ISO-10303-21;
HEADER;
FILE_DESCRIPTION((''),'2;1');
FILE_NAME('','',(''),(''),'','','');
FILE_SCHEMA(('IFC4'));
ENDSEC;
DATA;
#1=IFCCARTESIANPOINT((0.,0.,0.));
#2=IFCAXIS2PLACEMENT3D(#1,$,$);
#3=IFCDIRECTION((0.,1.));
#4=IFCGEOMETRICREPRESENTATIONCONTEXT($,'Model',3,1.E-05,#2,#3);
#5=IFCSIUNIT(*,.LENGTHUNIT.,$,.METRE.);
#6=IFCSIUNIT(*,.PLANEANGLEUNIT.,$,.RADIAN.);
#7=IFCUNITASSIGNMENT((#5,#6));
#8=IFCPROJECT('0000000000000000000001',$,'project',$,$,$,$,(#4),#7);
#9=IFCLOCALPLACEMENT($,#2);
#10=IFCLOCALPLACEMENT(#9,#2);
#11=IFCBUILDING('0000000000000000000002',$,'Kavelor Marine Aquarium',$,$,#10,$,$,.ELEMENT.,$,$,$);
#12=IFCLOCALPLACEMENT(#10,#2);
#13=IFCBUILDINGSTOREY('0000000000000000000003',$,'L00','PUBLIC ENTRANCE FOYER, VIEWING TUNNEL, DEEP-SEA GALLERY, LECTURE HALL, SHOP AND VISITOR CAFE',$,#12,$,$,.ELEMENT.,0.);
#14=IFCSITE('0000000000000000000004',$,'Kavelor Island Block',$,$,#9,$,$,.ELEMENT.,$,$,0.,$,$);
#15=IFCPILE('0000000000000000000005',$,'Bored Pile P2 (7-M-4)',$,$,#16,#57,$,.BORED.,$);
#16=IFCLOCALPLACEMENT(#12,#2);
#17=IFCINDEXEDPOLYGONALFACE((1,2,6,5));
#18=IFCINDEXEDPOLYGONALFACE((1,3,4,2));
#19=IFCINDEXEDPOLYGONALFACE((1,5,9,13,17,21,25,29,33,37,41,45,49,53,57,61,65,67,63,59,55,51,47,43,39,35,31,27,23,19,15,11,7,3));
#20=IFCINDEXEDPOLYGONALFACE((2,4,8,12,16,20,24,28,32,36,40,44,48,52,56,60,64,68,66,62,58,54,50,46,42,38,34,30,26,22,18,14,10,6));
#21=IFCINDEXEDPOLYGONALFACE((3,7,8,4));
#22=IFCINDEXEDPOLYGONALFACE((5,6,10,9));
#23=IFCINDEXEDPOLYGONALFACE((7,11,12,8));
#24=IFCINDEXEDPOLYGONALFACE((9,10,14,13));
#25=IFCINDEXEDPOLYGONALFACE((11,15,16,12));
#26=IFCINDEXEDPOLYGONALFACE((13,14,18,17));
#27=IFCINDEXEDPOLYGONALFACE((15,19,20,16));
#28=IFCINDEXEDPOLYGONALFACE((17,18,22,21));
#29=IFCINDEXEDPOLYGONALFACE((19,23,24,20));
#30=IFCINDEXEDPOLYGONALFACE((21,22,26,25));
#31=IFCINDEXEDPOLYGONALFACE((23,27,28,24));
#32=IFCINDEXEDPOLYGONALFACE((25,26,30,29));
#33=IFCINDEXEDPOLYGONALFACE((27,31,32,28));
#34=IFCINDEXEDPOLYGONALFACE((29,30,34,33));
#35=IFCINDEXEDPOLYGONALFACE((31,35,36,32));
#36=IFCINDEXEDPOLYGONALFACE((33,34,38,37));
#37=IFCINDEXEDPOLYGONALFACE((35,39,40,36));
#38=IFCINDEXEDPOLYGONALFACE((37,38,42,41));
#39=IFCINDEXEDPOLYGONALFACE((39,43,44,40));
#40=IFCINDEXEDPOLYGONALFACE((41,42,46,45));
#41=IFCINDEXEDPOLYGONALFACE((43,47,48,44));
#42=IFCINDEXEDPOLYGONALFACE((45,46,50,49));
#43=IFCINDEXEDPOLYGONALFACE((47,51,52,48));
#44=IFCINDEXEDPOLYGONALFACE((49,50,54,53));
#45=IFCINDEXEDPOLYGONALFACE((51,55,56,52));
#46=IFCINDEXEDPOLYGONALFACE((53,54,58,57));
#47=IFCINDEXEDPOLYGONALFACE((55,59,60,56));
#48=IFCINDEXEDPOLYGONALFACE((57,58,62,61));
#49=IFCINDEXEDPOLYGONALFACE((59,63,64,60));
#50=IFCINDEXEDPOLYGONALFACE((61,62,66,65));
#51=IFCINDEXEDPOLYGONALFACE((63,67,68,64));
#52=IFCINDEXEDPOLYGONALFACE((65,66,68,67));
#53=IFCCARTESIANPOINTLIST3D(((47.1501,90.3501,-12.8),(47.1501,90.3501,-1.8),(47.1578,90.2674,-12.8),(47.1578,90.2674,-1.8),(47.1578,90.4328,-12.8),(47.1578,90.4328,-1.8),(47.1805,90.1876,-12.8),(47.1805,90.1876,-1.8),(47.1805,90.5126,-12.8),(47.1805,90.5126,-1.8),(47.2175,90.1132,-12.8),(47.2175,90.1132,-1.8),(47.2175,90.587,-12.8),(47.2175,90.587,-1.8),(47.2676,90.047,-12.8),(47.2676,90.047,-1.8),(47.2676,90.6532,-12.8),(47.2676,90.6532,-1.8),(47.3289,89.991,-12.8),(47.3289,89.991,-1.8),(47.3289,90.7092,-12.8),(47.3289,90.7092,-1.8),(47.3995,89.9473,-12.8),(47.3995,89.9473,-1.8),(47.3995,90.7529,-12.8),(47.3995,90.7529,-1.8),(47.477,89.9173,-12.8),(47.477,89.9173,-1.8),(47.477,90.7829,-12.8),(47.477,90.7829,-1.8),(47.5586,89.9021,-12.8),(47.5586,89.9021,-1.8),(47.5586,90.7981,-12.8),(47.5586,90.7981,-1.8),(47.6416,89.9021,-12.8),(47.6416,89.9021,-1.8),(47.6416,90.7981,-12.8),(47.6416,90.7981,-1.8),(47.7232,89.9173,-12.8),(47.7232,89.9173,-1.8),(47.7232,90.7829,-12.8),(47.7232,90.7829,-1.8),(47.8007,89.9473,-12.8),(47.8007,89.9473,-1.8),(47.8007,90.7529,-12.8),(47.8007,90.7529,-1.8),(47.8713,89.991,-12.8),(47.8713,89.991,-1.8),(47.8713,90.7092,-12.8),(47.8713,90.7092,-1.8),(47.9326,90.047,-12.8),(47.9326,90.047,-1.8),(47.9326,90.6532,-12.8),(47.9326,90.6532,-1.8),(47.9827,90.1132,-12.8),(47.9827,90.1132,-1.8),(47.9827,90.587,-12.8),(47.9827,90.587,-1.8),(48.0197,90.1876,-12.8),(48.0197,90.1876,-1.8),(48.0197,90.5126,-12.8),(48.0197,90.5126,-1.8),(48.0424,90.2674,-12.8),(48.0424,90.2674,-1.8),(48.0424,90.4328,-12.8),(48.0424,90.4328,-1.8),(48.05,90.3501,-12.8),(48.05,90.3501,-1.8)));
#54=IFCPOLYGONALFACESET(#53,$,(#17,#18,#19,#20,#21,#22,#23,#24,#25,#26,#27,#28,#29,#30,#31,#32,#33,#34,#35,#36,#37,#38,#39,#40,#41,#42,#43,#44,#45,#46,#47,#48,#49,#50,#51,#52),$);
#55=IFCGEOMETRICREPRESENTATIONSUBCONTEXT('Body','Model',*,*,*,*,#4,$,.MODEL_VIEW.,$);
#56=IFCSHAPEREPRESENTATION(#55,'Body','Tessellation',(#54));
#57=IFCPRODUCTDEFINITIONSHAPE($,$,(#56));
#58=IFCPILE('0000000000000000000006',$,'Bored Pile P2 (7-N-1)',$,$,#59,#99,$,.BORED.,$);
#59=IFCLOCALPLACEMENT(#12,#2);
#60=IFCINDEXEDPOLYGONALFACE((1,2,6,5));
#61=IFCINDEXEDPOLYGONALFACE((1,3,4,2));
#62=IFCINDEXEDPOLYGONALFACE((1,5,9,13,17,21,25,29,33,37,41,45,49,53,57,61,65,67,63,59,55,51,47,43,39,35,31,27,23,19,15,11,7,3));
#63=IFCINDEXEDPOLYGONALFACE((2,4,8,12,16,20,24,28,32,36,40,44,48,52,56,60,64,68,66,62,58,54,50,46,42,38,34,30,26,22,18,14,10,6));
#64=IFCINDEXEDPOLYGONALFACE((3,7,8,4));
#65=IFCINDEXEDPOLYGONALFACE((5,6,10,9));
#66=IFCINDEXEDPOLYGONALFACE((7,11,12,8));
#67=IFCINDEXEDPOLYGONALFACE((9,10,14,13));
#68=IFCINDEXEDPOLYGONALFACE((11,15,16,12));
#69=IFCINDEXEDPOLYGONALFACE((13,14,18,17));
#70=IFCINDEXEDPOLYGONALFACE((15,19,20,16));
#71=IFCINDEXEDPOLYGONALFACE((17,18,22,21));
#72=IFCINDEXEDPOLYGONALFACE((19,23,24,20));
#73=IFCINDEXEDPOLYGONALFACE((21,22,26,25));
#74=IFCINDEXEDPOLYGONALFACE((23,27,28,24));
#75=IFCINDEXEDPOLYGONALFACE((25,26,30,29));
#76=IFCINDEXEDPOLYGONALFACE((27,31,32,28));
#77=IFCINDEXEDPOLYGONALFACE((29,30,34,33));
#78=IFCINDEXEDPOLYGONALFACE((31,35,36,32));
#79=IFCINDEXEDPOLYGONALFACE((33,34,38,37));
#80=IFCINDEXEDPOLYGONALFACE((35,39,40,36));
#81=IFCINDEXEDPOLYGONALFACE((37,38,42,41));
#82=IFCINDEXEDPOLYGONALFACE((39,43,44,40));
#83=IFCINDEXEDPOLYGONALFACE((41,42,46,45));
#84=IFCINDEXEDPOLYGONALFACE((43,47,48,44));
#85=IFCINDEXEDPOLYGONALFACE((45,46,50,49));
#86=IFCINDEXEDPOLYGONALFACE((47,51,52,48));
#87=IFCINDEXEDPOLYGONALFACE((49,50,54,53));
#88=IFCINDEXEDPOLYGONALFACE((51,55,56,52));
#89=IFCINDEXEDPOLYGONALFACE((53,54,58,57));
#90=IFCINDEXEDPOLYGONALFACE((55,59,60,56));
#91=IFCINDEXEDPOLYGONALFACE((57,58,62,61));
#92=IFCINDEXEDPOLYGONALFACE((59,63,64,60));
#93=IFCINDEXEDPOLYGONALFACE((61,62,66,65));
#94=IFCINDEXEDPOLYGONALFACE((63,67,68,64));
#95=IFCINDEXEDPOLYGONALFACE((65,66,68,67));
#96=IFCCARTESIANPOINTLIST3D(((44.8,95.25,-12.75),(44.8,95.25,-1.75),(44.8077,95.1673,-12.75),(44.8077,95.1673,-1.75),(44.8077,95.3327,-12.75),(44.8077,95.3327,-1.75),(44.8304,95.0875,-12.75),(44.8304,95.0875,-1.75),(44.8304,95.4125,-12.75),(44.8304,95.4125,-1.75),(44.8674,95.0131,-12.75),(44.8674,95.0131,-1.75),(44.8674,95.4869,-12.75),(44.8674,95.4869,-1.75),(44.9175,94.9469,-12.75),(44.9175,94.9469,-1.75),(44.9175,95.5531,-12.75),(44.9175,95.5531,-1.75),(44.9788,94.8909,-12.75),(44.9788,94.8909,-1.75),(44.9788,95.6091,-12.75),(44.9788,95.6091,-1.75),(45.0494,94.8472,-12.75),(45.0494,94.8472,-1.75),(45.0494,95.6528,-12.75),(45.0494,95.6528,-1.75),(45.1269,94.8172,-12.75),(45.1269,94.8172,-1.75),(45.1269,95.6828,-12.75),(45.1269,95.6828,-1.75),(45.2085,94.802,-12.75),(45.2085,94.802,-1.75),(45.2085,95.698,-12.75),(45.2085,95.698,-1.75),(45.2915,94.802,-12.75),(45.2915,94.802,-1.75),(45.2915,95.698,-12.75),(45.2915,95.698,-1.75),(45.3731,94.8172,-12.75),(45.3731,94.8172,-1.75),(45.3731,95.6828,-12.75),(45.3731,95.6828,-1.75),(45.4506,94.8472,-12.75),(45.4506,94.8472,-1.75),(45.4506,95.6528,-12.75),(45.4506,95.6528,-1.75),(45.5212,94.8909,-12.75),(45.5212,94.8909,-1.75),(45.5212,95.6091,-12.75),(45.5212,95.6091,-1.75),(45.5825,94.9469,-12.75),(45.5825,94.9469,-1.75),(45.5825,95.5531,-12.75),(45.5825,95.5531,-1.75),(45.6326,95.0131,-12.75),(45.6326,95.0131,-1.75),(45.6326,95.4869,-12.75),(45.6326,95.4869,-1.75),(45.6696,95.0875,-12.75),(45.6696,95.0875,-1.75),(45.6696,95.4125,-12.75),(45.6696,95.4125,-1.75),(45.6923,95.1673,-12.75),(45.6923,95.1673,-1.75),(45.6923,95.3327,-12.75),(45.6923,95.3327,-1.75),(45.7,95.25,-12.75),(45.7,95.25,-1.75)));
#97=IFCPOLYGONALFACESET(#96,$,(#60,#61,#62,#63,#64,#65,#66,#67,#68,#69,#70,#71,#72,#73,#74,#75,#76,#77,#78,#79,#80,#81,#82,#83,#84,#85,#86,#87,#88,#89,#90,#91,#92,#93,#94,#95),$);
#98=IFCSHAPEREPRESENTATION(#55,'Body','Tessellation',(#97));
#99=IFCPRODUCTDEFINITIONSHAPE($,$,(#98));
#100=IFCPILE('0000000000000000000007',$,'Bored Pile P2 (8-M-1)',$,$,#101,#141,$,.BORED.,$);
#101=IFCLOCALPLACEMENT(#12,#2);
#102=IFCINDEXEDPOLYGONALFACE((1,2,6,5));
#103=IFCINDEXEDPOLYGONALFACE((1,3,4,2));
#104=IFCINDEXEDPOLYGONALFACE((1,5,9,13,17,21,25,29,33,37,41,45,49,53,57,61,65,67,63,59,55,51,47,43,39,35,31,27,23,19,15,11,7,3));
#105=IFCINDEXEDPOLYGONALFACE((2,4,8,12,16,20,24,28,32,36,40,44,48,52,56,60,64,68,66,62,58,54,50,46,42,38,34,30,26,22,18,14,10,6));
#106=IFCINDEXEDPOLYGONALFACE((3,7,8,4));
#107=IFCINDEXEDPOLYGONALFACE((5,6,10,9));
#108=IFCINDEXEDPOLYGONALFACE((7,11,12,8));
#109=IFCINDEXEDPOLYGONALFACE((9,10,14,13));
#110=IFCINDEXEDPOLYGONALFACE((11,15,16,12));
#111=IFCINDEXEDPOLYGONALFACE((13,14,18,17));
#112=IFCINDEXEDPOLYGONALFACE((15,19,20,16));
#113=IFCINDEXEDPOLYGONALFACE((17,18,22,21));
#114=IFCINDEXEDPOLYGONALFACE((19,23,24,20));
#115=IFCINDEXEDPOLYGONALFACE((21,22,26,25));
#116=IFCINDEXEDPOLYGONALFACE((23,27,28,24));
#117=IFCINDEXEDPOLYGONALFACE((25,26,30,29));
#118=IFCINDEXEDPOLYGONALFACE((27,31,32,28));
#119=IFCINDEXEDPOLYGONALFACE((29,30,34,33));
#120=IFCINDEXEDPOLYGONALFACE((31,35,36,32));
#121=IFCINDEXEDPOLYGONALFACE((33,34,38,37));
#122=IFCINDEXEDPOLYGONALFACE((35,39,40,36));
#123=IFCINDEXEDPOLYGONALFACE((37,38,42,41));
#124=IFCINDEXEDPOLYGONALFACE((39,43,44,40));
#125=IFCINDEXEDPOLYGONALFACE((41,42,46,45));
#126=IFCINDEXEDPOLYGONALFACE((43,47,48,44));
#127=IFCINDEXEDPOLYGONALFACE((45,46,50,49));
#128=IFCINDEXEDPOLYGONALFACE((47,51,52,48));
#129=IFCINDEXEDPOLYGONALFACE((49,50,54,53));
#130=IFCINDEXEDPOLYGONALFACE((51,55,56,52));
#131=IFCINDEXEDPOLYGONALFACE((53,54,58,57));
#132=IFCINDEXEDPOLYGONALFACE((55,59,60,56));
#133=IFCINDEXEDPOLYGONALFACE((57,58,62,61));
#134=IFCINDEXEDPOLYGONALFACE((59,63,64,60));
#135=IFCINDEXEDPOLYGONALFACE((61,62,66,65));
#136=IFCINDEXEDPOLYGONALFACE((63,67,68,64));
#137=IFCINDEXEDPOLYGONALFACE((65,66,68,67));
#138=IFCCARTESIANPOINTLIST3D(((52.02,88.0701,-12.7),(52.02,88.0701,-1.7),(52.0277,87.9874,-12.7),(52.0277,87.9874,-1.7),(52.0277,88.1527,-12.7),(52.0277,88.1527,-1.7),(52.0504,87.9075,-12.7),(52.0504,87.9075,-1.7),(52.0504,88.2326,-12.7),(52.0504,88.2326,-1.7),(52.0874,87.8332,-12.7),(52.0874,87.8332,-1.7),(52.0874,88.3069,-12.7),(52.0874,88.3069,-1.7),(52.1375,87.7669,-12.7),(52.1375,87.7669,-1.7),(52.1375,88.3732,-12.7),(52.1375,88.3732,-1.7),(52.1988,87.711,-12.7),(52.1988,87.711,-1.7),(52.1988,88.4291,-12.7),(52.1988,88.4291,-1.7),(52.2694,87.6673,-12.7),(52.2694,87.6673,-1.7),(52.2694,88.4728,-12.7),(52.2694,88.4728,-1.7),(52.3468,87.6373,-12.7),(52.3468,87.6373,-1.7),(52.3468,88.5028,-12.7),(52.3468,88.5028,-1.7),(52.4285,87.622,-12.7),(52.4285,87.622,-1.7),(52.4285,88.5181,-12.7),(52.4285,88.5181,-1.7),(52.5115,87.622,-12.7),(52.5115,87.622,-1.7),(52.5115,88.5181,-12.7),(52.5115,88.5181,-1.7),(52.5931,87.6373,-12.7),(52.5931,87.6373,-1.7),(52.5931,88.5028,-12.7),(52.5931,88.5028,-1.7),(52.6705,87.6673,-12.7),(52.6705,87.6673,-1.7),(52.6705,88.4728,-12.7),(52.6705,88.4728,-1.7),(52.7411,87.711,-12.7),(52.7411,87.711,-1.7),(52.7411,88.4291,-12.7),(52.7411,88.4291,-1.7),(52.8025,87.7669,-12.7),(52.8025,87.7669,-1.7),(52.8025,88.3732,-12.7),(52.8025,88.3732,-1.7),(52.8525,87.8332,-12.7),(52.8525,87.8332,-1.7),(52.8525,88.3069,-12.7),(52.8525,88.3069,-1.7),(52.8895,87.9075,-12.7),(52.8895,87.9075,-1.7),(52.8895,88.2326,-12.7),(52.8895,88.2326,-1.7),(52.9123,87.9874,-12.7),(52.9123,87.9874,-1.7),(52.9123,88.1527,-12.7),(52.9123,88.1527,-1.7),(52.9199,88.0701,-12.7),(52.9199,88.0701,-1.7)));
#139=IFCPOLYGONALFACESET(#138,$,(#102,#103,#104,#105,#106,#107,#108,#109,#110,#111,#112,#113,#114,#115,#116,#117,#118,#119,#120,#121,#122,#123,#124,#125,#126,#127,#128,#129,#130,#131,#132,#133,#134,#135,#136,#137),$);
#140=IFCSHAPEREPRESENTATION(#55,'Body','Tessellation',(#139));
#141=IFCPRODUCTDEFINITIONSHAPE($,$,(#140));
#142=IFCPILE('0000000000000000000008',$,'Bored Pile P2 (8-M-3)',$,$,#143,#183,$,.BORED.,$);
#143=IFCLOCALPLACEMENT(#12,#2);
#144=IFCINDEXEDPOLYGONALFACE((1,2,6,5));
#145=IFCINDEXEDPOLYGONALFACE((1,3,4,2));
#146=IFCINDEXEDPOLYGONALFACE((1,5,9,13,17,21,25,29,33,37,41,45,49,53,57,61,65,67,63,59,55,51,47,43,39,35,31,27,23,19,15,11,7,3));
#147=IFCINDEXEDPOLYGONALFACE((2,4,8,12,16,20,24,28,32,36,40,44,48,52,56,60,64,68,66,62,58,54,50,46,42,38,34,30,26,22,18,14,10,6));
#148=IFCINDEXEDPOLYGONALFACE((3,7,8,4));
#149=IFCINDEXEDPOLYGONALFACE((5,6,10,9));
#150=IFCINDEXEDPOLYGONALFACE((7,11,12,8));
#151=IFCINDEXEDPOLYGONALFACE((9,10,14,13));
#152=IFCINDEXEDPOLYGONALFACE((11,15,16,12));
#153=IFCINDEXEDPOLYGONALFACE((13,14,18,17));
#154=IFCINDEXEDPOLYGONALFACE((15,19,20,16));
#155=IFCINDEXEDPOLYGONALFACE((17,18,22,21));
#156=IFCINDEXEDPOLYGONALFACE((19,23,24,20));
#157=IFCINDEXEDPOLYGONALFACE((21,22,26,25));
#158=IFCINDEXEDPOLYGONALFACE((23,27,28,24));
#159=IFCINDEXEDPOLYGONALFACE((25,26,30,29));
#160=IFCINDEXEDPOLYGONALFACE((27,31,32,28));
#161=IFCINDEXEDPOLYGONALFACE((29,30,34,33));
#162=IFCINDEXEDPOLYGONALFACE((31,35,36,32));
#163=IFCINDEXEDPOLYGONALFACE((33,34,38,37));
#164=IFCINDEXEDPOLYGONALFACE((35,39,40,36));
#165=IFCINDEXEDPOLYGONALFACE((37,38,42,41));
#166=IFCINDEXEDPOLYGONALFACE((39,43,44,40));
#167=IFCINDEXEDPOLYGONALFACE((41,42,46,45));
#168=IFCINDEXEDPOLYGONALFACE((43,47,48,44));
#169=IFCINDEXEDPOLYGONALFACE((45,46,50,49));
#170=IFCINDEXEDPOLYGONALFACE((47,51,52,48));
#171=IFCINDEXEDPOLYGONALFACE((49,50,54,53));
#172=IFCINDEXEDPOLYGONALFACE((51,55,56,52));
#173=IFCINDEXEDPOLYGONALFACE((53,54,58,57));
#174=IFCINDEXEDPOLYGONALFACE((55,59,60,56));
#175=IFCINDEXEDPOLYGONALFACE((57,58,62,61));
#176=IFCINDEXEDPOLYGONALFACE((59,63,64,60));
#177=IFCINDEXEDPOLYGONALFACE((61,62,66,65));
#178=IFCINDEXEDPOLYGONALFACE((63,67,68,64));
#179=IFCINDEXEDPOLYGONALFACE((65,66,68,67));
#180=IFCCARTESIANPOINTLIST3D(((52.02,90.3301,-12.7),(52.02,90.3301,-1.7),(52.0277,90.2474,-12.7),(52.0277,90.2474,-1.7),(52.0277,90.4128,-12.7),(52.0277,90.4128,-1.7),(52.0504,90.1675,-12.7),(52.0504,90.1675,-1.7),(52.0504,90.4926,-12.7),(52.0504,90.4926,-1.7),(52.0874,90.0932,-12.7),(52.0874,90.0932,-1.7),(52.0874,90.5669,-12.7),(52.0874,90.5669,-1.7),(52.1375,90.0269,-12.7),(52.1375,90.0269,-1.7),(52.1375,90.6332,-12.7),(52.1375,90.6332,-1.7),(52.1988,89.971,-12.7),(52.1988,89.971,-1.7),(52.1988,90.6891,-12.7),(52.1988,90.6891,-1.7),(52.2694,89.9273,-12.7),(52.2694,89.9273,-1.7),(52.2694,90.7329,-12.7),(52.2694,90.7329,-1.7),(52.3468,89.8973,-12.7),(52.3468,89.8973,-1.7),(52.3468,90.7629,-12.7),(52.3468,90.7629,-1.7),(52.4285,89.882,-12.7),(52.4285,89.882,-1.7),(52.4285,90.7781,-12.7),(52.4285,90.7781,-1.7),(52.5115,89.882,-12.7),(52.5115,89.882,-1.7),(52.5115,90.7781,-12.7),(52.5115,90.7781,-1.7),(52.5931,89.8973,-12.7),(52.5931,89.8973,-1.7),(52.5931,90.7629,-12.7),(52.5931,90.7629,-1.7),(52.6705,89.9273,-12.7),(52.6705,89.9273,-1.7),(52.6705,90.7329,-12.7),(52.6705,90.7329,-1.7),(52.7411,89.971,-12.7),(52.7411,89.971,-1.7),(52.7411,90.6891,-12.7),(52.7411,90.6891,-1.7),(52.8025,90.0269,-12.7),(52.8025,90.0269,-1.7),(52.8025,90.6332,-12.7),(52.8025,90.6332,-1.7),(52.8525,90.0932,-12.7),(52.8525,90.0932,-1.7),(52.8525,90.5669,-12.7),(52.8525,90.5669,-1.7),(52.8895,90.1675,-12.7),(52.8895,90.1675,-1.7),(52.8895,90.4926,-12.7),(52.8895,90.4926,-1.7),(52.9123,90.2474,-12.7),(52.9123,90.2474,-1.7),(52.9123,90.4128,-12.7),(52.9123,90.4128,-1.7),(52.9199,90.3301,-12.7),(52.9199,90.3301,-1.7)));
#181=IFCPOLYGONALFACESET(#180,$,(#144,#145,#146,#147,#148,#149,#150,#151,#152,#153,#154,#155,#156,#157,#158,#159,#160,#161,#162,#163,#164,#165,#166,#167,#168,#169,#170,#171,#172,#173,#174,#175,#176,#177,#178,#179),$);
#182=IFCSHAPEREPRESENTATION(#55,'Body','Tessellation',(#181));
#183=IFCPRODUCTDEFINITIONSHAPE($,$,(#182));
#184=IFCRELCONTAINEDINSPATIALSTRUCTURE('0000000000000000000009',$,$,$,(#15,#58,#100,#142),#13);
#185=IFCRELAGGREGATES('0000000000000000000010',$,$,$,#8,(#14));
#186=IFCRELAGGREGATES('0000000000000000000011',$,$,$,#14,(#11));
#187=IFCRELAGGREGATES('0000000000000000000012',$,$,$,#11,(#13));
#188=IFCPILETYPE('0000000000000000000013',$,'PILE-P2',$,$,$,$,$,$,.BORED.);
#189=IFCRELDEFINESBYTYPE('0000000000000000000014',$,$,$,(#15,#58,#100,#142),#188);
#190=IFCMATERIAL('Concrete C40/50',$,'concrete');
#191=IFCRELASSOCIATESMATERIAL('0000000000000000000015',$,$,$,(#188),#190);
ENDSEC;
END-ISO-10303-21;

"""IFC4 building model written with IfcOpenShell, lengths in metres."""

from ifc_helpers import new_model, si_unit, direction, frame, origin, origin_2d, place, context, subcontext, project, spatial, circle, extrude, material, material_profile, profile_set, type_object, element, save


model = new_model("IFC4")

# Units and contexts
model_context = context("Model", 3, precision=1e-05, world=origin(), true_north=direction((0.0, 1.0)))
body_context = subcontext(model_context, "Body", "Model", "MODEL_VIEW")
ifc_project = project(units=[si_unit("LENGTHUNIT", "METRE"), si_unit("PLANEANGLEUNIT", "RADIAN")], contexts=[model_context])

# Site, building, storey
site_placement = place(None, origin())
site = spatial("IfcSite", under=ifc_project, at=site_placement, Name="Kavelor Island Block", CompositionType="ELEMENT", RefElevation=0.0)
building_placement = place(site_placement, origin())
building = spatial("IfcBuilding", under=site, at=building_placement, Name="Kavelor Marine Aquarium", CompositionType="ELEMENT")
storey_placement = place(building_placement, origin())
storey = spatial("IfcBuildingStorey", under=building, at=storey_placement, Name="L00", Description="PUBLIC ENTRANCE FOYER, VIEWING TUNNEL, DEEP-SEA GALLERY, LECTURE HALL, SHOP AND VISITOR CAFE", CompositionType="ELEMENT", Elevation=0.0)

# Piles
ifc_material_1 = material(Name="Concrete C40/50", Category="concrete")
ifc_material_profile_1 = material_profile(ifc_material_1, circle(Radius=0.45, at=origin_2d()), Name="PILE D900")
ifc_profile_set_1 = profile_set([ifc_material_profile_1], Name="Concrete C40/50")
pile_type_1 = type_object("IfcPileType", Name="PILE-P2", PredefinedType="BORED", material=ifc_profile_set_1)
for number, where, z_axis, x_axis, name in (
    (1, (47.6001, 90.3501, -1.8), (0.0, 0.0, -1.0), (1.0, 0.0, 0.0), "Bored Pile P2 (7-M-4)"),
    (2, (45.25, 95.25, -1.75), (0.0, 0.0, -1.0), (1.0, 0.0, 0.0), "Bored Pile P2 (7-N-1)"),
    (3, (52.47, 88.0701, -1.7), (0.0, 0.0, -1.0), (1.0, 0.0, 0.0), "Bored Pile P2 (8-M-1)"),
    (4, (52.47, 90.3301, -1.7), (0.0, 0.0, -1.0), (1.0, 0.0, 0.0), "Bored Pile P2 (8-M-3)"),
):
    element("IfcPile", number, at=place(storey_placement, frame(where, z_axis=z_axis, x_axis=x_axis)), inside=storey, type_object=pile_type_1, Name=name, PredefinedType="BORED", context=body_context, shape_type="SweptSolid", body=[
        extrude(circle(Radius=0.45, at=origin_2d()), origin(), (0.0, 0.0, 1.0), 11.0),
    ])

save(model, "model.ifc")
